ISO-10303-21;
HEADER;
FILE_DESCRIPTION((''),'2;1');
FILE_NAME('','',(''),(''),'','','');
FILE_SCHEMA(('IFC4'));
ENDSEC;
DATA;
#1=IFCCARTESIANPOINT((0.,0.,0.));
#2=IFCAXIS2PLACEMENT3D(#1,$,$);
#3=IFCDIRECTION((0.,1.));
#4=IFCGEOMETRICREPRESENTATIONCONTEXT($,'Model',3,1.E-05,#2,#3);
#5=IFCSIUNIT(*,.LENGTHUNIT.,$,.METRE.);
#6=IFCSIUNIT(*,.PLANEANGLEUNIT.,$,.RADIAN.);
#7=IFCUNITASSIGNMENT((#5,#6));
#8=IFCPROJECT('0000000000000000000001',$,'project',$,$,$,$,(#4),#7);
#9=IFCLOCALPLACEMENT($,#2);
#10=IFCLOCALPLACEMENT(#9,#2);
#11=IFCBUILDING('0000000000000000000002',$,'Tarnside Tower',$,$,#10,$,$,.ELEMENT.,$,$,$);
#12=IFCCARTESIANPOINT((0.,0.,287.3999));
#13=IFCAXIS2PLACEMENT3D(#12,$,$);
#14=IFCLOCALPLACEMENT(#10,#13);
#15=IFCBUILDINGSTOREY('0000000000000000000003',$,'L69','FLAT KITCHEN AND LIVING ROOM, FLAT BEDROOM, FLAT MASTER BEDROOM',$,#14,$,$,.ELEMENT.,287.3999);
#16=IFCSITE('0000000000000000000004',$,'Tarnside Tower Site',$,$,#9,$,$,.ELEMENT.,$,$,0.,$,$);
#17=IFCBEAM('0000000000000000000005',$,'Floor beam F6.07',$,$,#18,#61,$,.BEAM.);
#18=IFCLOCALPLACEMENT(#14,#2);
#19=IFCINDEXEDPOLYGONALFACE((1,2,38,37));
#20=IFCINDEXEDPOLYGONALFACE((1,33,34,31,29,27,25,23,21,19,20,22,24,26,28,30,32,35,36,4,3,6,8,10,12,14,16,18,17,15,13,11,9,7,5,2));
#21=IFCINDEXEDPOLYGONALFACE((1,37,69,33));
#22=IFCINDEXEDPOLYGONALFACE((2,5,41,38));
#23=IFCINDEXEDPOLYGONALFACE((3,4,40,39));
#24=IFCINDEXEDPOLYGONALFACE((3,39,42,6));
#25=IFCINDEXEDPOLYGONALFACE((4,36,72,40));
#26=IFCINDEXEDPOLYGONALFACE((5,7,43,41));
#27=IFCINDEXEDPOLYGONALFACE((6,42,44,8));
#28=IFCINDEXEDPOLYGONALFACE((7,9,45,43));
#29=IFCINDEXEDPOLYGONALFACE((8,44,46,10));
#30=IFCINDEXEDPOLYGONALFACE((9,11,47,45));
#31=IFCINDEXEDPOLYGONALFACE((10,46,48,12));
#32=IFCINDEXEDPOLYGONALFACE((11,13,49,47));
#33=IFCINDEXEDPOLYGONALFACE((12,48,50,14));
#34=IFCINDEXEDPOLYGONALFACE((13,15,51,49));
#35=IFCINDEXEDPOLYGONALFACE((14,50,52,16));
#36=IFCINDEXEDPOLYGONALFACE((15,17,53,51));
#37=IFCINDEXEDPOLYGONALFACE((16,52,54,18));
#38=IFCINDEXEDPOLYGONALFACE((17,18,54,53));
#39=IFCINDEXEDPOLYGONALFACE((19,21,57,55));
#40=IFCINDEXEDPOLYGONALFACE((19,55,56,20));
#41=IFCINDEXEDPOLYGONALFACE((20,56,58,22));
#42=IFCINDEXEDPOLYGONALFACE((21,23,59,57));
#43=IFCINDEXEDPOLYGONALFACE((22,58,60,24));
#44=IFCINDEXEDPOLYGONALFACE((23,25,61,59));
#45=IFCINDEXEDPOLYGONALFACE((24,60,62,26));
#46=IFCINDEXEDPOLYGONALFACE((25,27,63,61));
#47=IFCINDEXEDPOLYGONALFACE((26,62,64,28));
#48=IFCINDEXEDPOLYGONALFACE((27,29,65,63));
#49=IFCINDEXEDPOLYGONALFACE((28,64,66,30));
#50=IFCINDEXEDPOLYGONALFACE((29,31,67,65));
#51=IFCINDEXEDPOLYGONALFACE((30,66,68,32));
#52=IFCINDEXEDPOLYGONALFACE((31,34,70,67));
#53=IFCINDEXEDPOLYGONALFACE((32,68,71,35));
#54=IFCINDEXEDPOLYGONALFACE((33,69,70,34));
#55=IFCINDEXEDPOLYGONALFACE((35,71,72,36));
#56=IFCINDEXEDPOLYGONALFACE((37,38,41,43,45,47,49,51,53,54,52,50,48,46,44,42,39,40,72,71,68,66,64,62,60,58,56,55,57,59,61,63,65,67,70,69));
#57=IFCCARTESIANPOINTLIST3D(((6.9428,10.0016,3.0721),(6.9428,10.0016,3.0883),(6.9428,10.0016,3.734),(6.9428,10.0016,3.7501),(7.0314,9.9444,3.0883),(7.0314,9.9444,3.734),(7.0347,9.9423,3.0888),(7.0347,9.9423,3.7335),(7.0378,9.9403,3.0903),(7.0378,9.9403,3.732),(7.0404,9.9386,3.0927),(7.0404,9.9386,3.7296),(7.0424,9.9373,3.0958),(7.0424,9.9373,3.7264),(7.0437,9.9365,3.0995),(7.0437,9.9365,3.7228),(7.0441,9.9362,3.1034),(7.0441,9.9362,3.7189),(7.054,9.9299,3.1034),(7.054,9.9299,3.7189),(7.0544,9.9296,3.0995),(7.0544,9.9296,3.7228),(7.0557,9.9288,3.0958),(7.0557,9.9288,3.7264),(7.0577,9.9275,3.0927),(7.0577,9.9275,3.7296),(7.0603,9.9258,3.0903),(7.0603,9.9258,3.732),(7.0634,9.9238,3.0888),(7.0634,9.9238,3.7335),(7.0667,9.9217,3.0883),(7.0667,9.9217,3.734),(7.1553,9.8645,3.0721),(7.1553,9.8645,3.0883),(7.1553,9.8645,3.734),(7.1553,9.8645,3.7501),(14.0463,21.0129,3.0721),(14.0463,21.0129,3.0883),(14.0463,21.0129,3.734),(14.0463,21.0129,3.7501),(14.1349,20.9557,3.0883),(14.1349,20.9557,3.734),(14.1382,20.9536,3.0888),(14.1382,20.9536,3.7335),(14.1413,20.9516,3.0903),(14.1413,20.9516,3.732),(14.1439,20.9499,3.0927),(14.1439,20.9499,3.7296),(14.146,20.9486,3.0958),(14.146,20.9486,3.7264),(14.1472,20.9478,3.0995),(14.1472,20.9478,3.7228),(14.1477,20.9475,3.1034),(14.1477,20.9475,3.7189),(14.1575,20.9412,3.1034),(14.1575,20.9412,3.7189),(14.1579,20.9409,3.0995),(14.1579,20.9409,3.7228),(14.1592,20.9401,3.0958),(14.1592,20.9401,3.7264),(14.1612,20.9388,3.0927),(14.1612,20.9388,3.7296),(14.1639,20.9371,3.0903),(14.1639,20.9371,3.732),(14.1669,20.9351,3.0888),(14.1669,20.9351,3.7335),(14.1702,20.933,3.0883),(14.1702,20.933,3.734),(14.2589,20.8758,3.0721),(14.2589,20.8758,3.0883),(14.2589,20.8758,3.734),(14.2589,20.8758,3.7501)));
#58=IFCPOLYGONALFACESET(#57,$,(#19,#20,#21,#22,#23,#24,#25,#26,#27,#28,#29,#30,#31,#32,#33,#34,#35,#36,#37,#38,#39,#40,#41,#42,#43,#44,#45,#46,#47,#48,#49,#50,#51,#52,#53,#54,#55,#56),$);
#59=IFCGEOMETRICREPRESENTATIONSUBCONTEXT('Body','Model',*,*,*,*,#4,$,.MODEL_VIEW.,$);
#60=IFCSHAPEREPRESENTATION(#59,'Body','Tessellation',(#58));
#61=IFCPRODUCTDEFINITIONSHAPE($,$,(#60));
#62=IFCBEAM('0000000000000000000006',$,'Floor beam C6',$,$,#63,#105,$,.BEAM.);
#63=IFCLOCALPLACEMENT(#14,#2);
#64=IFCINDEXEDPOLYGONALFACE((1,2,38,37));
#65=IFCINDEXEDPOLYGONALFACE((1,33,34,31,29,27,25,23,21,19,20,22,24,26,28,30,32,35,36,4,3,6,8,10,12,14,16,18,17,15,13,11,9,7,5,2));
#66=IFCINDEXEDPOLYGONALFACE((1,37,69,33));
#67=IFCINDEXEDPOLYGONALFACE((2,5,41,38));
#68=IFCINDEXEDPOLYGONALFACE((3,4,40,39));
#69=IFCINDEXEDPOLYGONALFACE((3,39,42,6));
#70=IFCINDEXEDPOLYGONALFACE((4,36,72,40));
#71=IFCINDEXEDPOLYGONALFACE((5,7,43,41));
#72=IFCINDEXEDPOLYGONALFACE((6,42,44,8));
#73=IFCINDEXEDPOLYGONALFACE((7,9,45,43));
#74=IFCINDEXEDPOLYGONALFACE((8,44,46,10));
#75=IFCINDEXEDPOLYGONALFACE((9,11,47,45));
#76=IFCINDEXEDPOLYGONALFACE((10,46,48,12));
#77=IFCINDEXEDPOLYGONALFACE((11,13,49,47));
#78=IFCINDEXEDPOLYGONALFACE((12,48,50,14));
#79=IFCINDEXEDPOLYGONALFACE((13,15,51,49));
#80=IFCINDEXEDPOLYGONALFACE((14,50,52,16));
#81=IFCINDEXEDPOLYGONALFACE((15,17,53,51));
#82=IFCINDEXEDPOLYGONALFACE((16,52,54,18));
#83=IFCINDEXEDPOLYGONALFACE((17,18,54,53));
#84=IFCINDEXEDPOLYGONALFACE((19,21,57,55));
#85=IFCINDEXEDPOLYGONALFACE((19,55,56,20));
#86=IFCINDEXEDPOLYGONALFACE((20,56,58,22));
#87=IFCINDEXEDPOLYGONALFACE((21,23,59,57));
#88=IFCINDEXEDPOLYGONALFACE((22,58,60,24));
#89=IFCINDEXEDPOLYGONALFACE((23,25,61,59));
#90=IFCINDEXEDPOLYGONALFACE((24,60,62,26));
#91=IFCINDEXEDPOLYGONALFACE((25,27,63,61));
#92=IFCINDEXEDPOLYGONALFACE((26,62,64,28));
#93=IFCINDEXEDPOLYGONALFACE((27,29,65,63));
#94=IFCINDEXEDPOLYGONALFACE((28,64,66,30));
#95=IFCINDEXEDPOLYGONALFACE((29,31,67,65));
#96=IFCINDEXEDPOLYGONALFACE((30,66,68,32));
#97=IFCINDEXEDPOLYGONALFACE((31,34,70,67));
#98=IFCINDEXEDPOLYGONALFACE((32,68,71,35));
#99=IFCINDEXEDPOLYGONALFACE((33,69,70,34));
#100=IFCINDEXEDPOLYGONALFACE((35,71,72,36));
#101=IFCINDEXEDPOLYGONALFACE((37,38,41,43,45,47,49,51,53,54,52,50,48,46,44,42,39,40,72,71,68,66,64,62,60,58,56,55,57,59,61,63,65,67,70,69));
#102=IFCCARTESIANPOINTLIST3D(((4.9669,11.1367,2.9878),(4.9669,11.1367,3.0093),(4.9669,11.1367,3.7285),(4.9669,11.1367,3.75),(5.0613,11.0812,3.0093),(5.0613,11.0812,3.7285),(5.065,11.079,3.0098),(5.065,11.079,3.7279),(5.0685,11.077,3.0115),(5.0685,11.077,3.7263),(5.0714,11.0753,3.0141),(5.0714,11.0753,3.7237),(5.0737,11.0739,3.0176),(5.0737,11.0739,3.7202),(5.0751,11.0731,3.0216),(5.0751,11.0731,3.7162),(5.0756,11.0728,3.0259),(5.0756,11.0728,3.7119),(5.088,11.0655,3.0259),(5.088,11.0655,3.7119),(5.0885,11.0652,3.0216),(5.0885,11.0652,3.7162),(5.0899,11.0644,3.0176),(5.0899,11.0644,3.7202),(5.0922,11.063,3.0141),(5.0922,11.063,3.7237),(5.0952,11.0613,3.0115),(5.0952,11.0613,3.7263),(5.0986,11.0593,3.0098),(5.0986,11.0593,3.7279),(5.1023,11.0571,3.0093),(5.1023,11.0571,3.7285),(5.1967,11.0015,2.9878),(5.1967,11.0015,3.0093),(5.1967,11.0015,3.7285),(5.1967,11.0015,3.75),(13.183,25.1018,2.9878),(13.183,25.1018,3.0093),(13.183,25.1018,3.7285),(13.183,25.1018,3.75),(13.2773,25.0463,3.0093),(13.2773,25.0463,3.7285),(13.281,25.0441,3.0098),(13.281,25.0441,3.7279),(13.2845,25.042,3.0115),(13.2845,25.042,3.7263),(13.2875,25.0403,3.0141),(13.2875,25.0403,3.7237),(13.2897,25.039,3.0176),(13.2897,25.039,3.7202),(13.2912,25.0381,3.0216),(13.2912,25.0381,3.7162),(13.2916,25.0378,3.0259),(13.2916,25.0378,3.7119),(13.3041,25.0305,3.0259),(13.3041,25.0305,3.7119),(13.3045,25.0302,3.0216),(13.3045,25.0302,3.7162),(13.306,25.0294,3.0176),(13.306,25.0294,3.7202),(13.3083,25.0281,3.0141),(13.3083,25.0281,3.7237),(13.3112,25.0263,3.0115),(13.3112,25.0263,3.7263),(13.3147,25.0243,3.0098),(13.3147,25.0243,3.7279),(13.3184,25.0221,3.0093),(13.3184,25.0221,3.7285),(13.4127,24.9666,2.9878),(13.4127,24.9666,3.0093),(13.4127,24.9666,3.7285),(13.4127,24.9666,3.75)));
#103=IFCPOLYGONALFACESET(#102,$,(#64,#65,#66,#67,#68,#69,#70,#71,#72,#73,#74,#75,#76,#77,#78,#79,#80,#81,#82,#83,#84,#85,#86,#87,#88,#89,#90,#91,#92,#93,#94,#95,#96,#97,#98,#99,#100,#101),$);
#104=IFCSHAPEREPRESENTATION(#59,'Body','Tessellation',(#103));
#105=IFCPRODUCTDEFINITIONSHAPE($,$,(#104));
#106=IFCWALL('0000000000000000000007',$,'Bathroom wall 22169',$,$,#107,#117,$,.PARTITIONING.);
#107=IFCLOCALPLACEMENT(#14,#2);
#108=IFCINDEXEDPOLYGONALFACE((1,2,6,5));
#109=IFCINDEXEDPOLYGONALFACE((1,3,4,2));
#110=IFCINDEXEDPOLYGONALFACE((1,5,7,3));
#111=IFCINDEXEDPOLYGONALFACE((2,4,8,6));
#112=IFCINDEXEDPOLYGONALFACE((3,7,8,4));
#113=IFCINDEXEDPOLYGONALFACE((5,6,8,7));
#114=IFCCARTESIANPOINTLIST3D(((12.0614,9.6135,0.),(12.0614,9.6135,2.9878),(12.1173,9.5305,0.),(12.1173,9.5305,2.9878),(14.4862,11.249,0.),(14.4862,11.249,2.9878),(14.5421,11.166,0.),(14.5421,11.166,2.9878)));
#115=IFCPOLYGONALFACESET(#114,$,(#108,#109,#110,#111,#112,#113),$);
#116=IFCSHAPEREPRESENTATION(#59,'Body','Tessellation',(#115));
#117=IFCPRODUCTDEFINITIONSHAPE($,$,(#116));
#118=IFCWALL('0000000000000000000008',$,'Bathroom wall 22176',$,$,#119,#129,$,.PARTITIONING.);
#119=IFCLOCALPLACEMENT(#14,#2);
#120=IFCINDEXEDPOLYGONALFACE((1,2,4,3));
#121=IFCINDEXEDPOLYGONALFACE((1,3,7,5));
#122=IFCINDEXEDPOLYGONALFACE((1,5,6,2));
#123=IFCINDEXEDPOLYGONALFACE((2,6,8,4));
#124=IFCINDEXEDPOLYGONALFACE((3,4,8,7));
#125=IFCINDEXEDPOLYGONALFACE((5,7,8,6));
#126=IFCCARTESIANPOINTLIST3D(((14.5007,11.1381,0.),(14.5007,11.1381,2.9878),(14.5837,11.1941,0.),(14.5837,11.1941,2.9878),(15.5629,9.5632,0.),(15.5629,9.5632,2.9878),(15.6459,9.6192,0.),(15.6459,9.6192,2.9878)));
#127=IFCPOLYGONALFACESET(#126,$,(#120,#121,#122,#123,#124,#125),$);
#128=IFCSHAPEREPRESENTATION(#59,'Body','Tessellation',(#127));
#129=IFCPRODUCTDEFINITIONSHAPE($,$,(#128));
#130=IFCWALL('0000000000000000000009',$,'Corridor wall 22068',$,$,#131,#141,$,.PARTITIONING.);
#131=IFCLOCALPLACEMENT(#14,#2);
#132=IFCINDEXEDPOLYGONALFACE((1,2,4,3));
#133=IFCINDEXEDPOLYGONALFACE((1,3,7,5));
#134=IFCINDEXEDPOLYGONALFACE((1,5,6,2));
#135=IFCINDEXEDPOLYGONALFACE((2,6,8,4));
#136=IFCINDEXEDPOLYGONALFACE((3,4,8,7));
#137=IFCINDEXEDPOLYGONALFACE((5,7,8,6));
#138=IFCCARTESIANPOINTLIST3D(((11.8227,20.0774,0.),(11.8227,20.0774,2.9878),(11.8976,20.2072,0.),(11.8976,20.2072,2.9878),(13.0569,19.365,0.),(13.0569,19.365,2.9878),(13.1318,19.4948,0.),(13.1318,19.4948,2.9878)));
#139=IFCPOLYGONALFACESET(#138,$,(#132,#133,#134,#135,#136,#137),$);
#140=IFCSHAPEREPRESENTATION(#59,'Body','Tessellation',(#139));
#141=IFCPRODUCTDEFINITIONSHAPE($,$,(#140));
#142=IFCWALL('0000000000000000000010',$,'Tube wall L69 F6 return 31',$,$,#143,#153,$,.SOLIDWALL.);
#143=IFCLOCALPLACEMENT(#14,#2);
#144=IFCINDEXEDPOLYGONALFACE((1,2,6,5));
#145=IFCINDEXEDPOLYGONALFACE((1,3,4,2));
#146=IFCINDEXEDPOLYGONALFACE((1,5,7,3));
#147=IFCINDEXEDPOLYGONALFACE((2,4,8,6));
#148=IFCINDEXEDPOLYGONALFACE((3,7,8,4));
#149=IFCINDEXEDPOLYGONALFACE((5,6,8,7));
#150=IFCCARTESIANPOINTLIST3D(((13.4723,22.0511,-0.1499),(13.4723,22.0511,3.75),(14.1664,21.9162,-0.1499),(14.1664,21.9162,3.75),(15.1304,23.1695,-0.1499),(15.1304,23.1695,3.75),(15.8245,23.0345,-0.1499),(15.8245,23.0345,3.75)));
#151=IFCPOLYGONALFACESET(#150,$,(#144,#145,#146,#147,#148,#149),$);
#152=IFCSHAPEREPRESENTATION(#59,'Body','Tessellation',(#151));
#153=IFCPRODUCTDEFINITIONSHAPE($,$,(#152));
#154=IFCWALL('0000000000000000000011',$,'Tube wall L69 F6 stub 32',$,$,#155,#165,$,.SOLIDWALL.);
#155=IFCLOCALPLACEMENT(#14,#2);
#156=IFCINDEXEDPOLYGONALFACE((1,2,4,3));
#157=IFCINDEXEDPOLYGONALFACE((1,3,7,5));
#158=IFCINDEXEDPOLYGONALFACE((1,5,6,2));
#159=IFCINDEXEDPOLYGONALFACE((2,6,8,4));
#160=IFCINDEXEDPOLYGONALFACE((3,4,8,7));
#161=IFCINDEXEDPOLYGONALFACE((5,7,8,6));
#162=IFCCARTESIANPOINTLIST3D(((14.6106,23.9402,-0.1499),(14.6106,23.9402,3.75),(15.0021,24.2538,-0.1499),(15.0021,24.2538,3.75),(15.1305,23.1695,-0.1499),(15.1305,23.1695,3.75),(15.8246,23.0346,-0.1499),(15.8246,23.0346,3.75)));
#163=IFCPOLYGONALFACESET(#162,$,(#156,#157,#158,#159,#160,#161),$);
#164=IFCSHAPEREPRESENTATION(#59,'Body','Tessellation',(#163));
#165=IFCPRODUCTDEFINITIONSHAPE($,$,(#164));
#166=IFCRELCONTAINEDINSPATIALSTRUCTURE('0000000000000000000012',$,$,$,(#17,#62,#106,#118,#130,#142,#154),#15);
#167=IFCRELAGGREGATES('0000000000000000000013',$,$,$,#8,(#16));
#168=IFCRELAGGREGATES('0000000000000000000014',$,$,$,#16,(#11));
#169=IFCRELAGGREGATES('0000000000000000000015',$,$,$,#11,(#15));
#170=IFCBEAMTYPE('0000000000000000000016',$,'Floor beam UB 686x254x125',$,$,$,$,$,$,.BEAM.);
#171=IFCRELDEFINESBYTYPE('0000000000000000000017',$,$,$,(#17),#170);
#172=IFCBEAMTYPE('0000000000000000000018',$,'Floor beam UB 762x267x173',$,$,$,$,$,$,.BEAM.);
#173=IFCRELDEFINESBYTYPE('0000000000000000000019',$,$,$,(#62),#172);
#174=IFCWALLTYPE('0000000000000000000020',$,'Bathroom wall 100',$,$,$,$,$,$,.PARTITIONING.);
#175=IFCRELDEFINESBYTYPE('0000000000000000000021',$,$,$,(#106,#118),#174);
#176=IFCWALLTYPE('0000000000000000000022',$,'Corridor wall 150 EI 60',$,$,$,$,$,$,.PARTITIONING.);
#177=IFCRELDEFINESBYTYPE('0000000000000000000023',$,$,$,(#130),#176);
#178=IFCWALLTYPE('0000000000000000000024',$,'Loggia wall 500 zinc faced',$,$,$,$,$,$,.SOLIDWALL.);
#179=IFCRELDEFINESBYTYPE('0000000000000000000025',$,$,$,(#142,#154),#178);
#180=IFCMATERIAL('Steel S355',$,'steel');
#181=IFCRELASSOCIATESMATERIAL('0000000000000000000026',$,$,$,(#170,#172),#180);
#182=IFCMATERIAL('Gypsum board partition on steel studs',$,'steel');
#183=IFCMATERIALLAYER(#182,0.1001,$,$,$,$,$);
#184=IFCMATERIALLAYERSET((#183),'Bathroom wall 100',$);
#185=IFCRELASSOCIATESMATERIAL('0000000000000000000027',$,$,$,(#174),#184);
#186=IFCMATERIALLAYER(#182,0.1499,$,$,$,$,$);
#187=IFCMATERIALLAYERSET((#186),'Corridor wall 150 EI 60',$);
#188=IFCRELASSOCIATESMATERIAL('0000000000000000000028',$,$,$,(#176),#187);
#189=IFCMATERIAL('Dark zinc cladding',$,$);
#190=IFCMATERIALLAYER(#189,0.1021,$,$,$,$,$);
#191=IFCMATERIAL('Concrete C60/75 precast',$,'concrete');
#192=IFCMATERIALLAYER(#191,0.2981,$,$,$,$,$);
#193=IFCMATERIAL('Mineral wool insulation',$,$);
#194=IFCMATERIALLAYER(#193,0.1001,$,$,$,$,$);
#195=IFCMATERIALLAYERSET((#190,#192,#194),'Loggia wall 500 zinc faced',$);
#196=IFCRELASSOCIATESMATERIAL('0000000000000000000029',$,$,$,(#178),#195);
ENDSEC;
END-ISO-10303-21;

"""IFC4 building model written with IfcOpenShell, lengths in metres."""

from ifc_helpers import new_model, si_unit, direction, frame, frame_2d, origin, origin_2d, place, context, subcontext, project, spatial, polyline, rectangle, i_section, outline, extrude, material, layer, layer_set, material_profile, profile_set, type_object, element, save


model = new_model("IFC4")

# Units and contexts
model_context = context("Model", 3, precision=1e-05, world=origin(), true_north=direction((0.0, 1.0)))
body_context = subcontext(model_context, "Body", "Model", "MODEL_VIEW")
ifc_project = project(units=[si_unit("LENGTHUNIT", "METRE"), si_unit("PLANEANGLEUNIT", "RADIAN")], contexts=[model_context])

# Site, building, storey
site_placement = place(None, origin())
site = spatial("IfcSite", under=ifc_project, at=site_placement, Name="Tarnside Tower Site", CompositionType="ELEMENT", RefElevation=0.0)
building_placement = place(site_placement, origin())
building = spatial("IfcBuilding", under=site, at=building_placement, Name="Tarnside Tower", CompositionType="ELEMENT")
storey_placement = place(building_placement, frame((0.0, 0.0, 287.3999)))
storey = spatial("IfcBuildingStorey", under=building, at=storey_placement, Name="L69", Description="FLAT KITCHEN AND LIVING ROOM, FLAT BEDROOM, FLAT MASTER BEDROOM", CompositionType="ELEMENT", Elevation=287.3999)

# Beams
ifc_material_1 = material(Name="Steel S355", Category="steel")
ifc_material_profile_1 = material_profile(ifc_material_1, i_section(OverallWidth=0.2529, OverallDepth=0.678, WebThickness=0.0117, FlangeThickness=0.0161, FilletRadius=0.0151, at=origin_2d()), Name="UB 686x254x125")
ifc_profile_set_1 = profile_set([ifc_material_profile_1], Name="Steel S355")
beam_type_1 = type_object("IfcBeamType", Name="Floor beam UB 686x254x125", PredefinedType="BEAM", material=ifc_profile_set_1)
beam_1_placement = place(storey_placement, frame((14.1526, 20.9443, 3.4111), z_axis=(-0.5421, -0.840314, 0.0), x_axis=(0.840314, -0.5421, 0.0)))
element("IfcBeam", 1, at=beam_1_placement, inside=storey, type_object=beam_type_1, Name="Floor beam F6.07", PredefinedType="BEAM", context=body_context, shape_type="SweptSolid", body=[
    extrude(i_section(OverallWidth=0.2529, OverallDepth=0.678, WebThickness=0.0117, FlangeThickness=0.0161, FilletRadius=0.0151, at=origin_2d()), origin(), (0.0, 0.0, 1.0), 13.1038),
])
ifc_material_profile_2 = material_profile(ifc_material_1, i_section(OverallWidth=0.2666, OverallDepth=0.7622, WebThickness=0.0144, FlangeThickness=0.0215, FilletRadius=0.0166, at=origin_2d()), Name="UB 762x267x173")
ifc_profile_set_2 = profile_set([ifc_material_profile_2], Name="Steel S355")
beam_type_2 = type_object("IfcBeamType", Name="Floor beam UB 762x267x173", PredefinedType="BEAM", material=ifc_profile_set_2)
beam_2_placement = place(storey_placement, frame((13.2979, 25.0342, 3.3689), z_axis=(-0.50708, -0.861899, 0.0), x_axis=(0.861899, -0.50708, 0.0)))
element("IfcBeam", 2, at=beam_2_placement, inside=storey, type_object=beam_type_2, Name="Floor beam C6", PredefinedType="BEAM", context=body_context, shape_type="SweptSolid", body=[
    extrude(i_section(OverallWidth=0.2666, OverallDepth=0.7622, WebThickness=0.0144, FlangeThickness=0.0215, FilletRadius=0.0166, at=origin_2d()), origin(), (0.0, 0.0, 1.0), 16.2026),
])

# Walls
ifc_material_2 = material(Name="Gypsum board partition on steel studs", Category="steel")
ifc_layer_1 = layer(ifc_material_2, 0.1001)
ifc_layer_set_1 = layer_set([ifc_layer_1], Name="Bathroom wall 100")
wall_type_1 = type_object("IfcWallType", Name="Bathroom wall 100", PredefinedType="PARTITIONING", material=ifc_layer_set_1)
wall_1_placement = place(storey_placement, frame((12.0894, 9.572, 0.0), z_axis=(0.0, 0.0, 1.0), x_axis=(0.829046, 0.55918, 0.0)))
element("IfcWall", 3, at=wall_1_placement, inside=storey, type_object=wall_type_1, Name="Bathroom wall 22169", PredefinedType="PARTITIONING", context=body_context, shape_type="SweptSolid", body=[
    extrude(rectangle(XDim=2.9248, YDim=0.1001, at=frame_2d((1.4624, 0.0))), origin(), (0.0, 0.0, 1.0), 2.9878),
])
wall_2_placement = place(storey_placement, frame((14.5422, 11.166, 0.0), z_axis=(0.0, 0.0, 1.0), x_axis=(0.55917, -0.829053, 0.0)))
element("IfcWall", 4, at=wall_2_placement, inside=storey, type_object=wall_type_1, Name="Bathroom wall 22176", PredefinedType="PARTITIONING", context=body_context, shape_type="SweptSolid", body=[
    extrude(rectangle(XDim=1.8997, YDim=0.1001, at=frame_2d((0.9497, 0.0))), origin(), (0.0, 0.0, 1.0), 2.9878),
])
ifc_layer_2 = layer(ifc_material_2, 0.1499)
ifc_layer_set_2 = layer_set([ifc_layer_2], Name="Corridor wall 150 EI 60")
wall_type_2 = type_object("IfcWallType", Name="Corridor wall 150 EI 60", PredefinedType="PARTITIONING", material=ifc_layer_set_2)
wall_3_placement = place(storey_placement, frame((13.0942, 19.4299, 0.0), z_axis=(0.0, 0.0, 1.0), x_axis=(-0.866063, 0.499935, 0.0)))
element("IfcWall", 5, at=wall_3_placement, inside=storey, type_object=wall_type_2, Name="Corridor wall 22068", PredefinedType="PARTITIONING", context=body_context, shape_type="SweptSolid", body=[
    extrude(rectangle(XDim=1.425, YDim=0.1499, at=frame_2d((0.7124, 0.0))), origin(), (0.0, 0.0, 1.0), 2.9878),
])
ifc_material_3 = material(Name="Dark zinc cladding")
ifc_layer_3 = layer(ifc_material_3, 0.1021)
ifc_material_4 = material(Name="Concrete C60/75 precast", Category="concrete")
ifc_layer_4 = layer(ifc_material_4, 0.2981)
ifc_material_5 = material(Name="Mineral wool insulation")
ifc_layer_5 = layer(ifc_material_5, 0.1001)
ifc_layer_set_3 = layer_set([ifc_layer_3, ifc_layer_4, ifc_layer_5], Name="Loggia wall 500 zinc faced")
wall_type_3 = type_object("IfcWallType", Name="Loggia wall 500 zinc faced", PredefinedType="SOLIDWALL", material=ifc_layer_set_3)
wall_4_placement = place(storey_placement, frame((13.8193, 21.9836, -0.1499), z_axis=(0.0, 0.0, 1.0), x_axis=(0.829052, 0.559171, 0.0)))
element("IfcWall", 6, at=wall_4_placement, inside=storey, type_object=wall_type_3, Name="Tube wall L69 F6 return 31", PredefinedType="SOLIDWALL", context=body_context, shape_type="SweptSolid", body=[
    extrude(outline(polyline([(0.25, -0.25), (2.25, -0.25), (1.75, 0.25), (-0.25, 0.25), (0.25, -0.25)])), origin(), (0.0, 0.0, 1.0), 3.8999),
])
wall_5_placement = place(storey_placement, frame((15.4775, 23.1021, -0.1499), z_axis=(0.0, 0.0, 1.0), x_axis=(-0.559246, 0.829002, 0.0)))
element("IfcWall", 7, at=wall_5_placement, inside=storey, type_object=wall_type_3, Name="Tube wall L69 F6 stub 32", PredefinedType="SOLIDWALL", context=body_context, shape_type="SweptSolid", body=[
    extrude(outline(polyline([(-0.25, -0.25), (1.2207, -0.25), (1.1797, 0.25), (0.25, 0.25), (-0.25, -0.25)])), origin(), (0.0, 0.0, 1.0), 3.8999),
])

save(model, "model.ifc")
